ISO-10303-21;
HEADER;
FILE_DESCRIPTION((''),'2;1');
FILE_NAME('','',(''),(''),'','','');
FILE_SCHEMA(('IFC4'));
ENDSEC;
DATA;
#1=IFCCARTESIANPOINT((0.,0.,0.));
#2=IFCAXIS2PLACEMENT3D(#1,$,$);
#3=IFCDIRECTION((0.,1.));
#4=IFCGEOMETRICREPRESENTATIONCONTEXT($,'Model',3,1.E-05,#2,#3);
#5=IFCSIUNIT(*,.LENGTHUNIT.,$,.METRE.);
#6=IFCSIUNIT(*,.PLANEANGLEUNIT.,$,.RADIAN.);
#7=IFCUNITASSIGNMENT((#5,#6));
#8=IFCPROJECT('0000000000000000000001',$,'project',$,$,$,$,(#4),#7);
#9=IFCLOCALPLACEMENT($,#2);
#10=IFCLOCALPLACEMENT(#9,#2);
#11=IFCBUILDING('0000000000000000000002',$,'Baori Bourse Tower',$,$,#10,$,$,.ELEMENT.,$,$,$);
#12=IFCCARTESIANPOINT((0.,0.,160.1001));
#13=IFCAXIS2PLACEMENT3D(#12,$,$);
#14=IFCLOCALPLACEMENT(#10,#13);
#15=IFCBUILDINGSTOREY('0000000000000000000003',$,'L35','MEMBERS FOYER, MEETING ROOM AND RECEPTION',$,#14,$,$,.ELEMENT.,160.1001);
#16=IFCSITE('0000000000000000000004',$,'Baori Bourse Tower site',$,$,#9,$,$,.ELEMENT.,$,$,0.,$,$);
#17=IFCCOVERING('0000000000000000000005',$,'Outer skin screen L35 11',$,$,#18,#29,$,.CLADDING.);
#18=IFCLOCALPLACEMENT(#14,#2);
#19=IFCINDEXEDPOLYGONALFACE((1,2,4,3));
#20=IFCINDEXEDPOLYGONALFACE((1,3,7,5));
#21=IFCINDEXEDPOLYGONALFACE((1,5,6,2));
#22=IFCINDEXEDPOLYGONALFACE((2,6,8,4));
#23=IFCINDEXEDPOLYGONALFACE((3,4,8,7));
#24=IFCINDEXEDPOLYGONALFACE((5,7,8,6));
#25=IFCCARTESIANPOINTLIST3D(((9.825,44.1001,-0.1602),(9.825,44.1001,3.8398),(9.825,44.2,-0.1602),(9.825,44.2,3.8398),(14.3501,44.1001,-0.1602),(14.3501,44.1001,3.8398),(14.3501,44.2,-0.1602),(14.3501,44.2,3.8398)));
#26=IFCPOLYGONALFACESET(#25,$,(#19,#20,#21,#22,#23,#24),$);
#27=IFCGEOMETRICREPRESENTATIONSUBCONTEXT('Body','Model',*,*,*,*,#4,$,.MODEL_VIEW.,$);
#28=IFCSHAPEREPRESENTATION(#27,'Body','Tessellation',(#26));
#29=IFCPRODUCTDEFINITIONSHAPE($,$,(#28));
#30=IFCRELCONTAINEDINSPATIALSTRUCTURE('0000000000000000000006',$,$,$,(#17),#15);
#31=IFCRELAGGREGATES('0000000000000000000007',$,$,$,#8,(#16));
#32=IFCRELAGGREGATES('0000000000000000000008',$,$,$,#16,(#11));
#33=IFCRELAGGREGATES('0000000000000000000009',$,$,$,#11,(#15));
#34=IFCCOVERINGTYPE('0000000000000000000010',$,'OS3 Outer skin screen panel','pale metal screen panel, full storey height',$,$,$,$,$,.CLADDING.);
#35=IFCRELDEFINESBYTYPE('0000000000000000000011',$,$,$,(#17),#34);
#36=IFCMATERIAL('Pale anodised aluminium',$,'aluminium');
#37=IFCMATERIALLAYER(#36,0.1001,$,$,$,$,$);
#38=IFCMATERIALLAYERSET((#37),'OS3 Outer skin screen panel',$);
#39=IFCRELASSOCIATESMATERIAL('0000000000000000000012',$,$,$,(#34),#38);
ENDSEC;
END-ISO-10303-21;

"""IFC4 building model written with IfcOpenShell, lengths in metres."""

from ifc_helpers import new_model, si_unit, direction, frame, origin, place, context, subcontext, project, spatial, polyline, outline, extrude, material, layer, layer_set, type_object, element, save


model = new_model("IFC4")

# Units and contexts
model_context = context("Model", 3, precision=1e-05, world=origin(), true_north=direction((0.0, 1.0)))
body_context = subcontext(model_context, "Body", "Model", "MODEL_VIEW")
ifc_project = project(units=[si_unit("LENGTHUNIT", "METRE"), si_unit("PLANEANGLEUNIT", "RADIAN")], contexts=[model_context])

# Site, building, storey
site_placement = place(None, origin())
site = spatial("IfcSite", under=ifc_project, at=site_placement, Name="Baori Bourse Tower site", CompositionType="ELEMENT", RefElevation=0.0)
building_placement = place(site_placement, origin())
building = spatial("IfcBuilding", under=site, at=building_placement, Name="Baori Bourse Tower", CompositionType="ELEMENT")
storey_placement = place(building_placement, frame((0.0, 0.0, 160.1001)))
storey = spatial("IfcBuildingStorey", under=building, at=storey_placement, Name="L35", Description="MEMBERS FOYER, MEETING ROOM AND RECEPTION", CompositionType="ELEMENT", Elevation=160.1001)

# Covering
ifc_material_1 = material(Name="Pale anodised aluminium", Category="aluminium")
ifc_layer_1 = layer(ifc_material_1, 0.1001)
ifc_layer_set_1 = layer_set([ifc_layer_1], Name="OS3 Outer skin screen panel")
covering_type = type_object("IfcCoveringType", Name="OS3 Outer skin screen panel", Description="pale metal screen panel, full storey height", PredefinedType="CLADDING", material=ifc_layer_set_1)
covering_1_placement = place(storey_placement, frame((0.0, 0.0, -0.1602)))
element("IfcCovering", 1, at=covering_1_placement, inside=storey, type_object=covering_type, Name="Outer skin screen L35 11", PredefinedType="CLADDING", context=body_context, shape_type="SweptSolid", body=[
    extrude(outline(polyline([(9.825, 44.1001), (14.3501, 44.1001), (14.3501, 44.2), (9.825, 44.2), (9.825, 44.1001)])), origin(), (0.0, 0.0, 1.0), 4.0),
])

save(model, "model.ifc")
